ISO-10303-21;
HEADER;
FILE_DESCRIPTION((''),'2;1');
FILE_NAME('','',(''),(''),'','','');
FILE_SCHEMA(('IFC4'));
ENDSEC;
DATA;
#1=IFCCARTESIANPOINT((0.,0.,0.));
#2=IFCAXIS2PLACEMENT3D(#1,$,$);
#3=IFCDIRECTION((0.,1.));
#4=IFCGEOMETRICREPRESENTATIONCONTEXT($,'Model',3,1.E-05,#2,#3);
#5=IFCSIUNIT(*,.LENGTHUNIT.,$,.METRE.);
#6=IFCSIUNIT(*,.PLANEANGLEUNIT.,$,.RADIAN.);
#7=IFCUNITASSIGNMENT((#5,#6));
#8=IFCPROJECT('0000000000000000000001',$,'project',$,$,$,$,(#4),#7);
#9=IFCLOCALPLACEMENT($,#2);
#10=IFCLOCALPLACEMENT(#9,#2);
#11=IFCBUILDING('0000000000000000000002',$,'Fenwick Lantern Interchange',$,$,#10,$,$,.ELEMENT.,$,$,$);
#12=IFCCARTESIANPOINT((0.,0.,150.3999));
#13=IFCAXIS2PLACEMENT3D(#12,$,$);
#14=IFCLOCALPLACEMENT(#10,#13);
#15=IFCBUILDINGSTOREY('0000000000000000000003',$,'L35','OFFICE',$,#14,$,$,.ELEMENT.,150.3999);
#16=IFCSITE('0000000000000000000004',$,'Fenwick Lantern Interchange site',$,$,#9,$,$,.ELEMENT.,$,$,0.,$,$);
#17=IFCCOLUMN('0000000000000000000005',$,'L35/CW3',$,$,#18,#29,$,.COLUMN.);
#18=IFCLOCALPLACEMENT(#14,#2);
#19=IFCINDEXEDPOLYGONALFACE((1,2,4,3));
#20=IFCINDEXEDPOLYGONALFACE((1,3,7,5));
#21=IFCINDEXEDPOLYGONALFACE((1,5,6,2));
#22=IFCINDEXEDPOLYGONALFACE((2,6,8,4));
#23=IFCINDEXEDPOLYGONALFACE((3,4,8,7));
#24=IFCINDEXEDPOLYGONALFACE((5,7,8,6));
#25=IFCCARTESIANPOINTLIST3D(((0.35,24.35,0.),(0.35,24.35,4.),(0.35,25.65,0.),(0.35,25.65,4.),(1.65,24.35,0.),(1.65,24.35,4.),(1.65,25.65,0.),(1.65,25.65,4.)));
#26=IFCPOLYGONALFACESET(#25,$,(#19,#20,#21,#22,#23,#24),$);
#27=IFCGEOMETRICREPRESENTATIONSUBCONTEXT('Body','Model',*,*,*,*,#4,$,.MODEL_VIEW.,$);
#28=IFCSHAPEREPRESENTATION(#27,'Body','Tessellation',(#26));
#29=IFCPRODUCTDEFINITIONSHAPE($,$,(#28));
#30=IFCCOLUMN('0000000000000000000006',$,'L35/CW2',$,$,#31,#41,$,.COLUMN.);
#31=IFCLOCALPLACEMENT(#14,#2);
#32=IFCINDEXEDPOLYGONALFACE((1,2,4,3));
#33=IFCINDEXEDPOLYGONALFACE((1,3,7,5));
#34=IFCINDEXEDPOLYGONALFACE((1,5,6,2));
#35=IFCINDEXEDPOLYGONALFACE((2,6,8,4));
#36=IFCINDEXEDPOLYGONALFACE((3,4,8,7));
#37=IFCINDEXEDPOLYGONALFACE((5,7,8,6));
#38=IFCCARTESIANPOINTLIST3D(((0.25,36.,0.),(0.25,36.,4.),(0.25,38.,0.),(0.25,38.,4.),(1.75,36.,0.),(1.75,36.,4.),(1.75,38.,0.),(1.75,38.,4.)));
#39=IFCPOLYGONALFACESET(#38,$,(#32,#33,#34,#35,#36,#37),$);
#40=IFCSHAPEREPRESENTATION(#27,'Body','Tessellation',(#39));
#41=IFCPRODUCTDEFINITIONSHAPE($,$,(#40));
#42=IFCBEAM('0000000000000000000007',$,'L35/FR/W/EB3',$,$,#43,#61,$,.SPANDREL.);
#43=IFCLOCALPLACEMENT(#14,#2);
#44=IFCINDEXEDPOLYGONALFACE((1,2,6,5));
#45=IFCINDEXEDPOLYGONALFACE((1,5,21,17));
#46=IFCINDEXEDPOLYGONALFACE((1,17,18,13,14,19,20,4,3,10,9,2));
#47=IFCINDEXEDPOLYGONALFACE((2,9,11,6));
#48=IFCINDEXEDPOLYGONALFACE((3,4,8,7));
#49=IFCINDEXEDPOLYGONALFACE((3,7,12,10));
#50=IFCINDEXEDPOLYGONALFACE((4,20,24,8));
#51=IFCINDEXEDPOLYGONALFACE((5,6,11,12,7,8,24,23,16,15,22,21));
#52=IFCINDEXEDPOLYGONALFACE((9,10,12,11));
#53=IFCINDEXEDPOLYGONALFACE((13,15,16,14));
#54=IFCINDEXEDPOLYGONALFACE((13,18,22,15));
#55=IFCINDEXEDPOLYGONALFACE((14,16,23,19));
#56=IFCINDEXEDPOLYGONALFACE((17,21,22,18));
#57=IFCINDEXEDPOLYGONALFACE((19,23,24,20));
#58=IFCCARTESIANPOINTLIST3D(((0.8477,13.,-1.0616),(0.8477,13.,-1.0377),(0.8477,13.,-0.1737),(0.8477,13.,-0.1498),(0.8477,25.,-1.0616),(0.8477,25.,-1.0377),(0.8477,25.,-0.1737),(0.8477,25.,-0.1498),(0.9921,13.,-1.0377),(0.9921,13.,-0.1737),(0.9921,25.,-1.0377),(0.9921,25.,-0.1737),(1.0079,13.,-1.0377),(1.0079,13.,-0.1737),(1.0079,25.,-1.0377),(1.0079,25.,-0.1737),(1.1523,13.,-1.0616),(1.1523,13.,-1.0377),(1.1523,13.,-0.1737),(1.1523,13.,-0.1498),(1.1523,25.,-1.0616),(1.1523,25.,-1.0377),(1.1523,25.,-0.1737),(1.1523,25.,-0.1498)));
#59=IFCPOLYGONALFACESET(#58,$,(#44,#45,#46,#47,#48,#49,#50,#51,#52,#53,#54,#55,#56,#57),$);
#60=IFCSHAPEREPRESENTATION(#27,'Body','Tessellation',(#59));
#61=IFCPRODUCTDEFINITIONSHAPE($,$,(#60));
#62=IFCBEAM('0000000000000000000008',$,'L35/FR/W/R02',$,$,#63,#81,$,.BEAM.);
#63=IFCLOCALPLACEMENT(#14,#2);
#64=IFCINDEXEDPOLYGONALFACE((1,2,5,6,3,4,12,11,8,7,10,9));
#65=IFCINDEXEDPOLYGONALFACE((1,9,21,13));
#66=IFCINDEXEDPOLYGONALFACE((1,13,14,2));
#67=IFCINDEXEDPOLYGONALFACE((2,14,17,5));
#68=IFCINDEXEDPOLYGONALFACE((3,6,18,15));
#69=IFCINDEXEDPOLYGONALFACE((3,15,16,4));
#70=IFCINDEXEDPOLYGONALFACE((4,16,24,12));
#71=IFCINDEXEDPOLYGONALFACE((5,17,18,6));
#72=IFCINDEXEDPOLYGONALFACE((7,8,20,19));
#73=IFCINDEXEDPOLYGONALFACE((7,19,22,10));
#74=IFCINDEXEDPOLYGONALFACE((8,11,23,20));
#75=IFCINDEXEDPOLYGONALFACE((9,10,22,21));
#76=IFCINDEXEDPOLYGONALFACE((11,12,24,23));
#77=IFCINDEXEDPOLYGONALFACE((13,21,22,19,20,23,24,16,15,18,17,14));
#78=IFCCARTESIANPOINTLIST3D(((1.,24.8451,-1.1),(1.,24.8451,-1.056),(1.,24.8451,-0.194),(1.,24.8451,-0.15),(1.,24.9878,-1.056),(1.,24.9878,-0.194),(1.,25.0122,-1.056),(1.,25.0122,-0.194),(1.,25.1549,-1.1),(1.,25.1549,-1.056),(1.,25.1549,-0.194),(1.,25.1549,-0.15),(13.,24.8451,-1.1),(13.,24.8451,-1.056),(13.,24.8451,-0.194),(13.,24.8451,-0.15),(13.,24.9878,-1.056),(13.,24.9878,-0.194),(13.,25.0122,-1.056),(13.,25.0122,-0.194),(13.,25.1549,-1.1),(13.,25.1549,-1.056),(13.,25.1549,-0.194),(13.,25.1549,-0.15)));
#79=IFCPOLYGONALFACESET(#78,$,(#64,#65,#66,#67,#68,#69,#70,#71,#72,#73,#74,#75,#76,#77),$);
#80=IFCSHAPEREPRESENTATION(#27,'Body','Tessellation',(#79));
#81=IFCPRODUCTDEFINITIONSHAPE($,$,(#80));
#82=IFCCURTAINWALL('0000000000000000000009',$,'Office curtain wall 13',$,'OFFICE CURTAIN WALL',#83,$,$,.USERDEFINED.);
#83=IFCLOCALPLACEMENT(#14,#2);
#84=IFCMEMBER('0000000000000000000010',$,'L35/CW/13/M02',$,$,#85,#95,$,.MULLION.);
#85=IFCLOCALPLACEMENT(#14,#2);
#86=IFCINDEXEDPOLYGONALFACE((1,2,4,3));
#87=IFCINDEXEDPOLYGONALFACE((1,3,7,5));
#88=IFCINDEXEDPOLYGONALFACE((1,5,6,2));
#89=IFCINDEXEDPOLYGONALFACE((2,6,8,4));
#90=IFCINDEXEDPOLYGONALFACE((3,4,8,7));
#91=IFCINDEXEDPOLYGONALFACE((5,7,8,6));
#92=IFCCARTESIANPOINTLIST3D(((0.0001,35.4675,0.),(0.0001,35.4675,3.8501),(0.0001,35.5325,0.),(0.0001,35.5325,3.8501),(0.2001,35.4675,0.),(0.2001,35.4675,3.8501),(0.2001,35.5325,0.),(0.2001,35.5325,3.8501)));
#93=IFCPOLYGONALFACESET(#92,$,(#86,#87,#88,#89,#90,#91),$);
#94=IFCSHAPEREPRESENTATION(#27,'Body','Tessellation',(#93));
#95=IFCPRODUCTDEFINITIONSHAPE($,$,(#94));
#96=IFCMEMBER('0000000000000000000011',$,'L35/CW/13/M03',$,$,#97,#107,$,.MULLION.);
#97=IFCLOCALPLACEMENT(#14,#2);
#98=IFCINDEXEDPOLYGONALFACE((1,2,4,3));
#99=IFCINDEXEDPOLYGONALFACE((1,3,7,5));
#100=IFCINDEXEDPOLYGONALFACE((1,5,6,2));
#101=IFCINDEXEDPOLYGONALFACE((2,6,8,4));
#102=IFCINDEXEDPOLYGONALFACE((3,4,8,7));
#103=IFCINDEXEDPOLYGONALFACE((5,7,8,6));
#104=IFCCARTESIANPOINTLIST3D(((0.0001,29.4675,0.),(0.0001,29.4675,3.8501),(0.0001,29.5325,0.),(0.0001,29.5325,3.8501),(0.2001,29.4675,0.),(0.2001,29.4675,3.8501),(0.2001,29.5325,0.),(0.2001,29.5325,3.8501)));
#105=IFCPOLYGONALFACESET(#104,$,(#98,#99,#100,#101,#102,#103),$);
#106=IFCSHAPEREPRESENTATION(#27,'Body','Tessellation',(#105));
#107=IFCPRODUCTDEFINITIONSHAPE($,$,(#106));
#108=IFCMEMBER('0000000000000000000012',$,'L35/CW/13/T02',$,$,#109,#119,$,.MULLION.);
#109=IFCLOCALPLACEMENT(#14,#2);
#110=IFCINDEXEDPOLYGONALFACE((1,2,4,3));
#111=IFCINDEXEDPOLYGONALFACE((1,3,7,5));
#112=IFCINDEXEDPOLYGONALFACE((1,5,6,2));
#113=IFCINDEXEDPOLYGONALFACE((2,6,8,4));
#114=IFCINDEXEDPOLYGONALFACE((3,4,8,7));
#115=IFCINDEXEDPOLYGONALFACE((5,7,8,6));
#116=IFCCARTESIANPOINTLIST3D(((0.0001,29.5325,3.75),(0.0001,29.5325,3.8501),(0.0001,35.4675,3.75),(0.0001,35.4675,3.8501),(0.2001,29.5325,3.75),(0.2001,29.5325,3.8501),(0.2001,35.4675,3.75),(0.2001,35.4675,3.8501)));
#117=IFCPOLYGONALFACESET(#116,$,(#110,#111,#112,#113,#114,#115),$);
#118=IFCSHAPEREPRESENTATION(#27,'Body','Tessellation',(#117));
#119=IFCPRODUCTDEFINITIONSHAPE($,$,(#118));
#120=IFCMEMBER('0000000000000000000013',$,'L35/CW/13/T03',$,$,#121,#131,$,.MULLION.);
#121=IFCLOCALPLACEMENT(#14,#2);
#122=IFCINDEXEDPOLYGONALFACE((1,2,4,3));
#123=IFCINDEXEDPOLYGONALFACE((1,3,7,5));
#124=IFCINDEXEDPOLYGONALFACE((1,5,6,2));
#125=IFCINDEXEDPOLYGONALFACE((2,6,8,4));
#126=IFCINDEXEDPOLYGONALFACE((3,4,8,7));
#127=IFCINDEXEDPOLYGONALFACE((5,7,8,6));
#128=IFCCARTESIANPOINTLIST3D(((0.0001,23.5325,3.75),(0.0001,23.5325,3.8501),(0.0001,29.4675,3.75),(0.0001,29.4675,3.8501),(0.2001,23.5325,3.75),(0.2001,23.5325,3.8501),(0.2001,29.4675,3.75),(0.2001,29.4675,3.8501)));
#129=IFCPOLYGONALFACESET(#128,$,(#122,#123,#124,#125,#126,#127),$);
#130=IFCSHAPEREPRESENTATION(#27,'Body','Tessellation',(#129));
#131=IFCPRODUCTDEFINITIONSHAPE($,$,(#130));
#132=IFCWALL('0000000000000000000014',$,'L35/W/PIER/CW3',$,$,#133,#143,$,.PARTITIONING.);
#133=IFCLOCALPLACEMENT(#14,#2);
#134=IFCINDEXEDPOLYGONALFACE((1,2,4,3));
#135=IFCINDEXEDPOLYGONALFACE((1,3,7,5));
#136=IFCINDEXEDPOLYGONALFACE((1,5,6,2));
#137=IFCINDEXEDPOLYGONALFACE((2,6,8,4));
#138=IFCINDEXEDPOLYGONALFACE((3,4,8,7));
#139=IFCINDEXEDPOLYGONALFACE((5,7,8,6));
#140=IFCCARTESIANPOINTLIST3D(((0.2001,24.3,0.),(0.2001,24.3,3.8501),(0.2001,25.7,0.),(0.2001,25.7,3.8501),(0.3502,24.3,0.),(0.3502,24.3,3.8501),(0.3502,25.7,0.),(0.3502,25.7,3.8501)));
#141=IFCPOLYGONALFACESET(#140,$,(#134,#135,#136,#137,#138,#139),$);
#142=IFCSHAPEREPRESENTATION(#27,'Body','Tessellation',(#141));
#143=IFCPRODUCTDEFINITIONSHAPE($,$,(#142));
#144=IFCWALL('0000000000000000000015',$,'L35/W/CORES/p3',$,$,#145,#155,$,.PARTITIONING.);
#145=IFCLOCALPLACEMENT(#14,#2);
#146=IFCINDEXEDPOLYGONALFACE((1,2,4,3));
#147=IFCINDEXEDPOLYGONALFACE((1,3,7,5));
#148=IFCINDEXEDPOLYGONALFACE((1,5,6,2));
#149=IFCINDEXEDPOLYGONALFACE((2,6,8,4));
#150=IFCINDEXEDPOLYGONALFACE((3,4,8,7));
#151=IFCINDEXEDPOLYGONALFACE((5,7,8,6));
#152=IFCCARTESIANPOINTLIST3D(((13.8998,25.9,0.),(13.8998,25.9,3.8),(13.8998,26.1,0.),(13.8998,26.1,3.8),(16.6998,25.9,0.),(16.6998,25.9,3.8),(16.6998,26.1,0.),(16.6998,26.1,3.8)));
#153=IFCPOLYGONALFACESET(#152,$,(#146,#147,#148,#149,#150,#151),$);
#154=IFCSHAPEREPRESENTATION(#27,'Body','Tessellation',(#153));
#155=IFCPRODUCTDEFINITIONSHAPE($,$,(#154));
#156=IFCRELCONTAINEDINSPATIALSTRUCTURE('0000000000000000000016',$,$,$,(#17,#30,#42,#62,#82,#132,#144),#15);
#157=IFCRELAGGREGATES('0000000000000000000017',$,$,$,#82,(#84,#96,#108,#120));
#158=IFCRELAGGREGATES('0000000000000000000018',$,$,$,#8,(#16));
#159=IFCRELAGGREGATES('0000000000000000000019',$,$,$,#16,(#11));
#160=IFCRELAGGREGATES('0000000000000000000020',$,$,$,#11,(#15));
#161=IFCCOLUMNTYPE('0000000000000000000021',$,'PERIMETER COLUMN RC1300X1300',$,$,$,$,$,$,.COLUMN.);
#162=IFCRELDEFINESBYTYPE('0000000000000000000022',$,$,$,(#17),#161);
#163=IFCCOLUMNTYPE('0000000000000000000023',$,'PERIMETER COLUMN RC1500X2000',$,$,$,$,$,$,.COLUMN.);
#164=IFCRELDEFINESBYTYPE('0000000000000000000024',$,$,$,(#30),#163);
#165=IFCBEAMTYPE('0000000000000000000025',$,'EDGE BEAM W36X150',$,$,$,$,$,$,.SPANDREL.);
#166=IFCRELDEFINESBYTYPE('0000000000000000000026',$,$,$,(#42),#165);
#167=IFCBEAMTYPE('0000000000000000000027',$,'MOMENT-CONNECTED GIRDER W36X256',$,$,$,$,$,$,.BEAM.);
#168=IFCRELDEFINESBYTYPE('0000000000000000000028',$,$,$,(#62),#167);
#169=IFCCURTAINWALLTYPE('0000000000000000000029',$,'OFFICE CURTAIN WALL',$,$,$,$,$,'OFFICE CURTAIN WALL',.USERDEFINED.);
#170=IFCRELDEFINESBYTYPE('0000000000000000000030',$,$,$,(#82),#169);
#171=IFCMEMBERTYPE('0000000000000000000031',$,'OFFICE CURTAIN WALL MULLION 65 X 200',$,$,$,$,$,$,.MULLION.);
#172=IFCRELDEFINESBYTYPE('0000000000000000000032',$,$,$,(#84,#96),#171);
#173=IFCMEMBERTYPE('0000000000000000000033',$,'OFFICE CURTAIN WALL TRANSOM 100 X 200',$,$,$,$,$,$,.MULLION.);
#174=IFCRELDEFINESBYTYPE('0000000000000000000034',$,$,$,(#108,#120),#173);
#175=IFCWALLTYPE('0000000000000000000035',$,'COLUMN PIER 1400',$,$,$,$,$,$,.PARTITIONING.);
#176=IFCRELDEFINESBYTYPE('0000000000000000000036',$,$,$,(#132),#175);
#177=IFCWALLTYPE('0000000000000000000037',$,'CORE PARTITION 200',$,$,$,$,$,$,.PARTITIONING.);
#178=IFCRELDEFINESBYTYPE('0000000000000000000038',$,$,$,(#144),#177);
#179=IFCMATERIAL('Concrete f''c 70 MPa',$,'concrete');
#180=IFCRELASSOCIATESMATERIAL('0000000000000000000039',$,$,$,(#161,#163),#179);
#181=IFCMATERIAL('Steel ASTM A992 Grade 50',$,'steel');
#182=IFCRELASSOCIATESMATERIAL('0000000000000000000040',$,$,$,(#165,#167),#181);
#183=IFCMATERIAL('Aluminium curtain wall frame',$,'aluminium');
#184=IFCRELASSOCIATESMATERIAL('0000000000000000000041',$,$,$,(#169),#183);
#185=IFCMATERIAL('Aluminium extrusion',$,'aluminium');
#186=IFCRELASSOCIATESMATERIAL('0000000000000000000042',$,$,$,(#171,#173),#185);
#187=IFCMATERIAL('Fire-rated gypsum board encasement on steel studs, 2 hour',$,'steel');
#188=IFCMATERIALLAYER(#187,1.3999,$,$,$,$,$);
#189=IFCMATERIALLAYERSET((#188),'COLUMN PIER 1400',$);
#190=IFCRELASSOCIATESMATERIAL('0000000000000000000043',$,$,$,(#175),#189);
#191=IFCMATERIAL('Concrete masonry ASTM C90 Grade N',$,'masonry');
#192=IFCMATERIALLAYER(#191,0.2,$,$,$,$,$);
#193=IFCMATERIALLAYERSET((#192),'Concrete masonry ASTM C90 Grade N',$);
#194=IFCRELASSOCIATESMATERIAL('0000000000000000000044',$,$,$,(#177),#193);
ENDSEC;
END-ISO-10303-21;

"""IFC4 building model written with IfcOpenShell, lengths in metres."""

from ifc_helpers import new_model, si_unit, direction, frame, frame_2d, origin, origin_2d, place, context, subcontext, project, spatial, rectangle, i_section, extrude, material, layer, layer_set, material_profile, profile_set, type_object, element, aggregate, save


model = new_model("IFC4")

# Units and contexts
model_context = context("Model", 3, precision=1e-05, world=origin(), true_north=direction((0.0, 1.0)))
body_context = subcontext(model_context, "Body", "Model", "MODEL_VIEW")
ifc_project = project(units=[si_unit("LENGTHUNIT", "METRE"), si_unit("PLANEANGLEUNIT", "RADIAN")], contexts=[model_context])

# Site, building, storey
site_placement = place(None, origin())
site = spatial("IfcSite", under=ifc_project, at=site_placement, Name="Fenwick Lantern Interchange site", CompositionType="ELEMENT", RefElevation=0.0)
building_placement = place(site_placement, origin())
building = spatial("IfcBuilding", under=site, at=building_placement, Name="Fenwick Lantern Interchange", CompositionType="ELEMENT")
storey_placement = place(building_placement, frame((0.0, 0.0, 150.3999)))
storey = spatial("IfcBuildingStorey", under=building, at=storey_placement, Name="L35", Description="OFFICE", CompositionType="ELEMENT", Elevation=150.3999)

# Columns
ifc_material_1 = material(Name="Concrete f'c 70 MPa", Category="concrete")
ifc_material_profile_1 = material_profile(ifc_material_1, rectangle(XDim=1.3, YDim=1.3, at=origin_2d()), Name="RC1300X1300")
ifc_profile_set_1 = profile_set([ifc_material_profile_1], Name="Concrete f'c 70 MPa")
column_type_1 = type_object("IfcColumnType", Name="PERIMETER COLUMN RC1300X1300", PredefinedType="COLUMN", material=ifc_profile_set_1)
column_1_placement = place(storey_placement, frame((1.0, 25.0, 0.0), z_axis=(0.0, 0.0, 1.0), x_axis=(1.0, 0.0, 0.0)))
element("IfcColumn", 1, at=column_1_placement, inside=storey, type_object=column_type_1, Name="L35/CW3", PredefinedType="COLUMN", context=body_context, shape_type="SweptSolid", body=[
    extrude(rectangle(XDim=1.3, YDim=1.3, at=origin_2d()), origin(), (0.0, 0.0, 1.0), 4.0),
])
ifc_material_profile_2 = material_profile(ifc_material_1, rectangle(XDim=1.5, YDim=2.0, at=origin_2d()), Name="RC1500X2000")
ifc_profile_set_2 = profile_set([ifc_material_profile_2], Name="Concrete f'c 70 MPa")
column_type_2 = type_object("IfcColumnType", Name="PERIMETER COLUMN RC1500X2000", PredefinedType="COLUMN", material=ifc_profile_set_2)
column_2_placement = place(storey_placement, frame((1.0, 37.0, 0.0), z_axis=(0.0, 0.0, 1.0), x_axis=(1.0, 0.0, 0.0)))
element("IfcColumn", 2, at=column_2_placement, inside=storey, type_object=column_type_2, Name="L35/CW2", PredefinedType="COLUMN", context=body_context, shape_type="SweptSolid", body=[
    extrude(rectangle(XDim=1.5, YDim=2.0, at=origin_2d()), origin(), (0.0, 0.0, 1.0), 4.0),
])

# Beams
ifc_material_2 = material(Name="Steel ASTM A992 Grade 50", Category="steel")
ifc_material_profile_3 = material_profile(ifc_material_2, i_section(OverallWidth=0.3047, OverallDepth=0.9119, WebThickness=0.0159, FlangeThickness=0.0239, at=origin_2d()), Name="W36X150")
ifc_profile_set_3 = profile_set([ifc_material_profile_3], Name="Steel ASTM A992 Grade 50")
beam_type_1 = type_object("IfcBeamType", Name="EDGE BEAM W36X150", PredefinedType="SPANDREL", material=ifc_profile_set_3)
beam_1_placement = place(storey_placement, frame((1.0, 25.0, -0.6057), z_axis=(0.0, -1.0, 0.0), x_axis=(1.0, 0.0, 0.0)))
element("IfcBeam", 3, at=beam_1_placement, inside=storey, type_object=beam_type_1, Name="L35/FR/W/EB3", PredefinedType="SPANDREL", context=body_context, shape_type="SweptSolid", body=[
    extrude(i_section(OverallWidth=0.3047, OverallDepth=0.9119, WebThickness=0.0159, FlangeThickness=0.0239, at=origin_2d()), origin(), (0.0, 0.0, 1.0), 12.0),
])
ifc_material_profile_4 = material_profile(ifc_material_2, i_section(OverallWidth=0.3098, OverallDepth=0.95, WebThickness=0.0244, FlangeThickness=0.0439, at=origin_2d()), Name="W36X256")
ifc_profile_set_4 = profile_set([ifc_material_profile_4], Name="Steel ASTM A992 Grade 50")
beam_type_2 = type_object("IfcBeamType", Name="MOMENT-CONNECTED GIRDER W36X256", PredefinedType="BEAM", material=ifc_profile_set_4)
beam_2_placement = place(storey_placement, frame((1.0, 25.0, -0.625), z_axis=(1.0, 0.0, 0.0), x_axis=(0.0, 1.0, 0.0)))
element("IfcBeam", 4, at=beam_2_placement, inside=storey, type_object=beam_type_2, Name="L35/FR/W/R02", PredefinedType="BEAM", context=body_context, shape_type="SweptSolid", body=[
    extrude(i_section(OverallWidth=0.3098, OverallDepth=0.95, WebThickness=0.0244, FlangeThickness=0.0439, at=origin_2d()), origin(), (0.0, 0.0, 1.0), 12.0),
])

# Curtain wall, members
ifc_material_3 = material(Name="Aluminium curtain wall frame", Category="aluminium")
curtain_wall_type = type_object("IfcCurtainWallType", Name="OFFICE CURTAIN WALL", ElementType="OFFICE CURTAIN WALL", PredefinedType="USERDEFINED", material=ifc_material_3)
curtain_wall_placement = place(storey_placement, origin())
curtain_wall = element("IfcCurtainWall", 5, at=curtain_wall_placement, inside=storey, type_object=curtain_wall_type, Name="Office curtain wall 13", ObjectType="OFFICE CURTAIN WALL", PredefinedType="USERDEFINED")
ifc_material_4 = material(Name="Aluminium extrusion", Category="aluminium")
ifc_material_profile_5 = material_profile(ifc_material_4, rectangle(XDim=0.2, YDim=0.0649, at=origin_2d()), Name="OFFICE CURTAIN WALL MULLION 65 X 200")
ifc_profile_set_5 = profile_set([ifc_material_profile_5], Name="Aluminium extrusion")
member_type_1 = type_object("IfcMemberType", Name="OFFICE CURTAIN WALL MULLION 65 X 200", PredefinedType="MULLION", material=ifc_profile_set_5)
member_1_placement = place(storey_placement, frame((0.1001, 35.5, 0.0), z_axis=(0.0, 0.0, 1.0), x_axis=(1.0, 0.0, 0.0)))
member_1 = element("IfcMember", 6, at=member_1_placement, type_object=member_type_1, Name="L35/CW/13/M02", PredefinedType="MULLION", context=body_context, shape_type="SweptSolid", body=[
    extrude(rectangle(XDim=0.2, YDim=0.0649, at=origin_2d()), origin(), (0.0, 0.0, 1.0), 3.8501),
])
member_2_placement = place(storey_placement, frame((0.1001, 29.5, 0.0), z_axis=(0.0, 0.0, 1.0), x_axis=(1.0, 0.0, 0.0)))
member_2 = element("IfcMember", 7, at=member_2_placement, type_object=member_type_1, Name="L35/CW/13/M03", PredefinedType="MULLION", context=body_context, shape_type="SweptSolid", body=[
    extrude(rectangle(XDim=0.2, YDim=0.0649, at=origin_2d()), origin(), (0.0, 0.0, 1.0), 3.8501),
])
ifc_material_profile_6 = material_profile(ifc_material_4, rectangle(XDim=0.2, YDim=0.1001, at=origin_2d()), Name="OFFICE CURTAIN WALL TRANSOM 100 X 200")
ifc_profile_set_6 = profile_set([ifc_material_profile_6], Name="Aluminium extrusion")
member_type_2 = type_object("IfcMemberType", Name="OFFICE CURTAIN WALL TRANSOM 100 X 200", PredefinedType="MULLION", material=ifc_profile_set_6)
member_3_placement = place(storey_placement, frame((0.1001, 35.4675, 3.8), z_axis=(0.0, -1.0, 0.0), x_axis=(1.0, 0.0, 0.0)))
member_3 = element("IfcMember", 8, at=member_3_placement, type_object=member_type_2, Name="L35/CW/13/T02", PredefinedType="MULLION", context=body_context, shape_type="SweptSolid", body=[
    extrude(rectangle(XDim=0.2, YDim=0.1001, at=origin_2d()), origin(), (0.0, 0.0, 1.0), 5.9351),
])
member_4_placement = place(storey_placement, frame((0.1001, 29.4675, 3.8), z_axis=(0.0, -1.0, 0.0), x_axis=(1.0, 0.0, 0.0)))
member_4 = element("IfcMember", 9, at=member_4_placement, type_object=member_type_2, Name="L35/CW/13/T03", PredefinedType="MULLION", context=body_context, shape_type="SweptSolid", body=[
    extrude(rectangle(XDim=0.2, YDim=0.1001, at=origin_2d()), origin(), (0.0, 0.0, 1.0), 5.9351),
])
aggregate(curtain_wall, [member_1, member_2, member_3, member_4])

# Walls
ifc_material_5 = material(Name="Fire-rated gypsum board encasement on steel studs, 2 hour", Category="steel")
ifc_layer_1 = layer(ifc_material_5, 1.3999)
ifc_layer_set_1 = layer_set([ifc_layer_1], Name="COLUMN PIER 1400")
wall_type_1 = type_object("IfcWallType", Name="COLUMN PIER 1400", PredefinedType="PARTITIONING", material=ifc_layer_set_1)
wall_1_placement = place(storey_placement, frame((0.2, 25.0, 0.0), z_axis=(0.0, 0.0, 1.0), x_axis=(1.0, 0.0, 0.0)))
element("IfcWall", 10, at=wall_1_placement, inside=storey, type_object=wall_type_1, Name="L35/W/PIER/CW3", PredefinedType="PARTITIONING", context=body_context, shape_type="SweptSolid", body=[
    extrude(rectangle(XDim=0.1501, YDim=1.3999, at=frame_2d((0.0752, 0.0))), origin(), (0.0, 0.0, 1.0), 3.8501),
])
ifc_material_6 = material(Name="Concrete masonry ASTM C90 Grade N", Category="masonry")
ifc_layer_2 = layer(ifc_material_6, 0.2)
ifc_layer_set_2 = layer_set([ifc_layer_2], Name="Concrete masonry ASTM C90 Grade N")
wall_type_2 = type_object("IfcWallType", Name="CORE PARTITION 200", PredefinedType="PARTITIONING", material=ifc_layer_set_2)
wall_2_placement = place(storey_placement, frame((13.8999, 26.0, 0.0), z_axis=(0.0, 0.0, 1.0), x_axis=(1.0, 0.0, 0.0)))
element("IfcWall", 11, at=wall_2_placement, inside=storey, type_object=wall_type_2, Name="L35/W/CORES/p3", PredefinedType="PARTITIONING", context=body_context, shape_type="SweptSolid", body=[
    extrude(rectangle(XDim=2.8, YDim=0.2, at=frame_2d((1.3999, 0.0))), origin(), (0.0, 0.0, 1.0), 3.8),
])

save(model, "model.ifc")
